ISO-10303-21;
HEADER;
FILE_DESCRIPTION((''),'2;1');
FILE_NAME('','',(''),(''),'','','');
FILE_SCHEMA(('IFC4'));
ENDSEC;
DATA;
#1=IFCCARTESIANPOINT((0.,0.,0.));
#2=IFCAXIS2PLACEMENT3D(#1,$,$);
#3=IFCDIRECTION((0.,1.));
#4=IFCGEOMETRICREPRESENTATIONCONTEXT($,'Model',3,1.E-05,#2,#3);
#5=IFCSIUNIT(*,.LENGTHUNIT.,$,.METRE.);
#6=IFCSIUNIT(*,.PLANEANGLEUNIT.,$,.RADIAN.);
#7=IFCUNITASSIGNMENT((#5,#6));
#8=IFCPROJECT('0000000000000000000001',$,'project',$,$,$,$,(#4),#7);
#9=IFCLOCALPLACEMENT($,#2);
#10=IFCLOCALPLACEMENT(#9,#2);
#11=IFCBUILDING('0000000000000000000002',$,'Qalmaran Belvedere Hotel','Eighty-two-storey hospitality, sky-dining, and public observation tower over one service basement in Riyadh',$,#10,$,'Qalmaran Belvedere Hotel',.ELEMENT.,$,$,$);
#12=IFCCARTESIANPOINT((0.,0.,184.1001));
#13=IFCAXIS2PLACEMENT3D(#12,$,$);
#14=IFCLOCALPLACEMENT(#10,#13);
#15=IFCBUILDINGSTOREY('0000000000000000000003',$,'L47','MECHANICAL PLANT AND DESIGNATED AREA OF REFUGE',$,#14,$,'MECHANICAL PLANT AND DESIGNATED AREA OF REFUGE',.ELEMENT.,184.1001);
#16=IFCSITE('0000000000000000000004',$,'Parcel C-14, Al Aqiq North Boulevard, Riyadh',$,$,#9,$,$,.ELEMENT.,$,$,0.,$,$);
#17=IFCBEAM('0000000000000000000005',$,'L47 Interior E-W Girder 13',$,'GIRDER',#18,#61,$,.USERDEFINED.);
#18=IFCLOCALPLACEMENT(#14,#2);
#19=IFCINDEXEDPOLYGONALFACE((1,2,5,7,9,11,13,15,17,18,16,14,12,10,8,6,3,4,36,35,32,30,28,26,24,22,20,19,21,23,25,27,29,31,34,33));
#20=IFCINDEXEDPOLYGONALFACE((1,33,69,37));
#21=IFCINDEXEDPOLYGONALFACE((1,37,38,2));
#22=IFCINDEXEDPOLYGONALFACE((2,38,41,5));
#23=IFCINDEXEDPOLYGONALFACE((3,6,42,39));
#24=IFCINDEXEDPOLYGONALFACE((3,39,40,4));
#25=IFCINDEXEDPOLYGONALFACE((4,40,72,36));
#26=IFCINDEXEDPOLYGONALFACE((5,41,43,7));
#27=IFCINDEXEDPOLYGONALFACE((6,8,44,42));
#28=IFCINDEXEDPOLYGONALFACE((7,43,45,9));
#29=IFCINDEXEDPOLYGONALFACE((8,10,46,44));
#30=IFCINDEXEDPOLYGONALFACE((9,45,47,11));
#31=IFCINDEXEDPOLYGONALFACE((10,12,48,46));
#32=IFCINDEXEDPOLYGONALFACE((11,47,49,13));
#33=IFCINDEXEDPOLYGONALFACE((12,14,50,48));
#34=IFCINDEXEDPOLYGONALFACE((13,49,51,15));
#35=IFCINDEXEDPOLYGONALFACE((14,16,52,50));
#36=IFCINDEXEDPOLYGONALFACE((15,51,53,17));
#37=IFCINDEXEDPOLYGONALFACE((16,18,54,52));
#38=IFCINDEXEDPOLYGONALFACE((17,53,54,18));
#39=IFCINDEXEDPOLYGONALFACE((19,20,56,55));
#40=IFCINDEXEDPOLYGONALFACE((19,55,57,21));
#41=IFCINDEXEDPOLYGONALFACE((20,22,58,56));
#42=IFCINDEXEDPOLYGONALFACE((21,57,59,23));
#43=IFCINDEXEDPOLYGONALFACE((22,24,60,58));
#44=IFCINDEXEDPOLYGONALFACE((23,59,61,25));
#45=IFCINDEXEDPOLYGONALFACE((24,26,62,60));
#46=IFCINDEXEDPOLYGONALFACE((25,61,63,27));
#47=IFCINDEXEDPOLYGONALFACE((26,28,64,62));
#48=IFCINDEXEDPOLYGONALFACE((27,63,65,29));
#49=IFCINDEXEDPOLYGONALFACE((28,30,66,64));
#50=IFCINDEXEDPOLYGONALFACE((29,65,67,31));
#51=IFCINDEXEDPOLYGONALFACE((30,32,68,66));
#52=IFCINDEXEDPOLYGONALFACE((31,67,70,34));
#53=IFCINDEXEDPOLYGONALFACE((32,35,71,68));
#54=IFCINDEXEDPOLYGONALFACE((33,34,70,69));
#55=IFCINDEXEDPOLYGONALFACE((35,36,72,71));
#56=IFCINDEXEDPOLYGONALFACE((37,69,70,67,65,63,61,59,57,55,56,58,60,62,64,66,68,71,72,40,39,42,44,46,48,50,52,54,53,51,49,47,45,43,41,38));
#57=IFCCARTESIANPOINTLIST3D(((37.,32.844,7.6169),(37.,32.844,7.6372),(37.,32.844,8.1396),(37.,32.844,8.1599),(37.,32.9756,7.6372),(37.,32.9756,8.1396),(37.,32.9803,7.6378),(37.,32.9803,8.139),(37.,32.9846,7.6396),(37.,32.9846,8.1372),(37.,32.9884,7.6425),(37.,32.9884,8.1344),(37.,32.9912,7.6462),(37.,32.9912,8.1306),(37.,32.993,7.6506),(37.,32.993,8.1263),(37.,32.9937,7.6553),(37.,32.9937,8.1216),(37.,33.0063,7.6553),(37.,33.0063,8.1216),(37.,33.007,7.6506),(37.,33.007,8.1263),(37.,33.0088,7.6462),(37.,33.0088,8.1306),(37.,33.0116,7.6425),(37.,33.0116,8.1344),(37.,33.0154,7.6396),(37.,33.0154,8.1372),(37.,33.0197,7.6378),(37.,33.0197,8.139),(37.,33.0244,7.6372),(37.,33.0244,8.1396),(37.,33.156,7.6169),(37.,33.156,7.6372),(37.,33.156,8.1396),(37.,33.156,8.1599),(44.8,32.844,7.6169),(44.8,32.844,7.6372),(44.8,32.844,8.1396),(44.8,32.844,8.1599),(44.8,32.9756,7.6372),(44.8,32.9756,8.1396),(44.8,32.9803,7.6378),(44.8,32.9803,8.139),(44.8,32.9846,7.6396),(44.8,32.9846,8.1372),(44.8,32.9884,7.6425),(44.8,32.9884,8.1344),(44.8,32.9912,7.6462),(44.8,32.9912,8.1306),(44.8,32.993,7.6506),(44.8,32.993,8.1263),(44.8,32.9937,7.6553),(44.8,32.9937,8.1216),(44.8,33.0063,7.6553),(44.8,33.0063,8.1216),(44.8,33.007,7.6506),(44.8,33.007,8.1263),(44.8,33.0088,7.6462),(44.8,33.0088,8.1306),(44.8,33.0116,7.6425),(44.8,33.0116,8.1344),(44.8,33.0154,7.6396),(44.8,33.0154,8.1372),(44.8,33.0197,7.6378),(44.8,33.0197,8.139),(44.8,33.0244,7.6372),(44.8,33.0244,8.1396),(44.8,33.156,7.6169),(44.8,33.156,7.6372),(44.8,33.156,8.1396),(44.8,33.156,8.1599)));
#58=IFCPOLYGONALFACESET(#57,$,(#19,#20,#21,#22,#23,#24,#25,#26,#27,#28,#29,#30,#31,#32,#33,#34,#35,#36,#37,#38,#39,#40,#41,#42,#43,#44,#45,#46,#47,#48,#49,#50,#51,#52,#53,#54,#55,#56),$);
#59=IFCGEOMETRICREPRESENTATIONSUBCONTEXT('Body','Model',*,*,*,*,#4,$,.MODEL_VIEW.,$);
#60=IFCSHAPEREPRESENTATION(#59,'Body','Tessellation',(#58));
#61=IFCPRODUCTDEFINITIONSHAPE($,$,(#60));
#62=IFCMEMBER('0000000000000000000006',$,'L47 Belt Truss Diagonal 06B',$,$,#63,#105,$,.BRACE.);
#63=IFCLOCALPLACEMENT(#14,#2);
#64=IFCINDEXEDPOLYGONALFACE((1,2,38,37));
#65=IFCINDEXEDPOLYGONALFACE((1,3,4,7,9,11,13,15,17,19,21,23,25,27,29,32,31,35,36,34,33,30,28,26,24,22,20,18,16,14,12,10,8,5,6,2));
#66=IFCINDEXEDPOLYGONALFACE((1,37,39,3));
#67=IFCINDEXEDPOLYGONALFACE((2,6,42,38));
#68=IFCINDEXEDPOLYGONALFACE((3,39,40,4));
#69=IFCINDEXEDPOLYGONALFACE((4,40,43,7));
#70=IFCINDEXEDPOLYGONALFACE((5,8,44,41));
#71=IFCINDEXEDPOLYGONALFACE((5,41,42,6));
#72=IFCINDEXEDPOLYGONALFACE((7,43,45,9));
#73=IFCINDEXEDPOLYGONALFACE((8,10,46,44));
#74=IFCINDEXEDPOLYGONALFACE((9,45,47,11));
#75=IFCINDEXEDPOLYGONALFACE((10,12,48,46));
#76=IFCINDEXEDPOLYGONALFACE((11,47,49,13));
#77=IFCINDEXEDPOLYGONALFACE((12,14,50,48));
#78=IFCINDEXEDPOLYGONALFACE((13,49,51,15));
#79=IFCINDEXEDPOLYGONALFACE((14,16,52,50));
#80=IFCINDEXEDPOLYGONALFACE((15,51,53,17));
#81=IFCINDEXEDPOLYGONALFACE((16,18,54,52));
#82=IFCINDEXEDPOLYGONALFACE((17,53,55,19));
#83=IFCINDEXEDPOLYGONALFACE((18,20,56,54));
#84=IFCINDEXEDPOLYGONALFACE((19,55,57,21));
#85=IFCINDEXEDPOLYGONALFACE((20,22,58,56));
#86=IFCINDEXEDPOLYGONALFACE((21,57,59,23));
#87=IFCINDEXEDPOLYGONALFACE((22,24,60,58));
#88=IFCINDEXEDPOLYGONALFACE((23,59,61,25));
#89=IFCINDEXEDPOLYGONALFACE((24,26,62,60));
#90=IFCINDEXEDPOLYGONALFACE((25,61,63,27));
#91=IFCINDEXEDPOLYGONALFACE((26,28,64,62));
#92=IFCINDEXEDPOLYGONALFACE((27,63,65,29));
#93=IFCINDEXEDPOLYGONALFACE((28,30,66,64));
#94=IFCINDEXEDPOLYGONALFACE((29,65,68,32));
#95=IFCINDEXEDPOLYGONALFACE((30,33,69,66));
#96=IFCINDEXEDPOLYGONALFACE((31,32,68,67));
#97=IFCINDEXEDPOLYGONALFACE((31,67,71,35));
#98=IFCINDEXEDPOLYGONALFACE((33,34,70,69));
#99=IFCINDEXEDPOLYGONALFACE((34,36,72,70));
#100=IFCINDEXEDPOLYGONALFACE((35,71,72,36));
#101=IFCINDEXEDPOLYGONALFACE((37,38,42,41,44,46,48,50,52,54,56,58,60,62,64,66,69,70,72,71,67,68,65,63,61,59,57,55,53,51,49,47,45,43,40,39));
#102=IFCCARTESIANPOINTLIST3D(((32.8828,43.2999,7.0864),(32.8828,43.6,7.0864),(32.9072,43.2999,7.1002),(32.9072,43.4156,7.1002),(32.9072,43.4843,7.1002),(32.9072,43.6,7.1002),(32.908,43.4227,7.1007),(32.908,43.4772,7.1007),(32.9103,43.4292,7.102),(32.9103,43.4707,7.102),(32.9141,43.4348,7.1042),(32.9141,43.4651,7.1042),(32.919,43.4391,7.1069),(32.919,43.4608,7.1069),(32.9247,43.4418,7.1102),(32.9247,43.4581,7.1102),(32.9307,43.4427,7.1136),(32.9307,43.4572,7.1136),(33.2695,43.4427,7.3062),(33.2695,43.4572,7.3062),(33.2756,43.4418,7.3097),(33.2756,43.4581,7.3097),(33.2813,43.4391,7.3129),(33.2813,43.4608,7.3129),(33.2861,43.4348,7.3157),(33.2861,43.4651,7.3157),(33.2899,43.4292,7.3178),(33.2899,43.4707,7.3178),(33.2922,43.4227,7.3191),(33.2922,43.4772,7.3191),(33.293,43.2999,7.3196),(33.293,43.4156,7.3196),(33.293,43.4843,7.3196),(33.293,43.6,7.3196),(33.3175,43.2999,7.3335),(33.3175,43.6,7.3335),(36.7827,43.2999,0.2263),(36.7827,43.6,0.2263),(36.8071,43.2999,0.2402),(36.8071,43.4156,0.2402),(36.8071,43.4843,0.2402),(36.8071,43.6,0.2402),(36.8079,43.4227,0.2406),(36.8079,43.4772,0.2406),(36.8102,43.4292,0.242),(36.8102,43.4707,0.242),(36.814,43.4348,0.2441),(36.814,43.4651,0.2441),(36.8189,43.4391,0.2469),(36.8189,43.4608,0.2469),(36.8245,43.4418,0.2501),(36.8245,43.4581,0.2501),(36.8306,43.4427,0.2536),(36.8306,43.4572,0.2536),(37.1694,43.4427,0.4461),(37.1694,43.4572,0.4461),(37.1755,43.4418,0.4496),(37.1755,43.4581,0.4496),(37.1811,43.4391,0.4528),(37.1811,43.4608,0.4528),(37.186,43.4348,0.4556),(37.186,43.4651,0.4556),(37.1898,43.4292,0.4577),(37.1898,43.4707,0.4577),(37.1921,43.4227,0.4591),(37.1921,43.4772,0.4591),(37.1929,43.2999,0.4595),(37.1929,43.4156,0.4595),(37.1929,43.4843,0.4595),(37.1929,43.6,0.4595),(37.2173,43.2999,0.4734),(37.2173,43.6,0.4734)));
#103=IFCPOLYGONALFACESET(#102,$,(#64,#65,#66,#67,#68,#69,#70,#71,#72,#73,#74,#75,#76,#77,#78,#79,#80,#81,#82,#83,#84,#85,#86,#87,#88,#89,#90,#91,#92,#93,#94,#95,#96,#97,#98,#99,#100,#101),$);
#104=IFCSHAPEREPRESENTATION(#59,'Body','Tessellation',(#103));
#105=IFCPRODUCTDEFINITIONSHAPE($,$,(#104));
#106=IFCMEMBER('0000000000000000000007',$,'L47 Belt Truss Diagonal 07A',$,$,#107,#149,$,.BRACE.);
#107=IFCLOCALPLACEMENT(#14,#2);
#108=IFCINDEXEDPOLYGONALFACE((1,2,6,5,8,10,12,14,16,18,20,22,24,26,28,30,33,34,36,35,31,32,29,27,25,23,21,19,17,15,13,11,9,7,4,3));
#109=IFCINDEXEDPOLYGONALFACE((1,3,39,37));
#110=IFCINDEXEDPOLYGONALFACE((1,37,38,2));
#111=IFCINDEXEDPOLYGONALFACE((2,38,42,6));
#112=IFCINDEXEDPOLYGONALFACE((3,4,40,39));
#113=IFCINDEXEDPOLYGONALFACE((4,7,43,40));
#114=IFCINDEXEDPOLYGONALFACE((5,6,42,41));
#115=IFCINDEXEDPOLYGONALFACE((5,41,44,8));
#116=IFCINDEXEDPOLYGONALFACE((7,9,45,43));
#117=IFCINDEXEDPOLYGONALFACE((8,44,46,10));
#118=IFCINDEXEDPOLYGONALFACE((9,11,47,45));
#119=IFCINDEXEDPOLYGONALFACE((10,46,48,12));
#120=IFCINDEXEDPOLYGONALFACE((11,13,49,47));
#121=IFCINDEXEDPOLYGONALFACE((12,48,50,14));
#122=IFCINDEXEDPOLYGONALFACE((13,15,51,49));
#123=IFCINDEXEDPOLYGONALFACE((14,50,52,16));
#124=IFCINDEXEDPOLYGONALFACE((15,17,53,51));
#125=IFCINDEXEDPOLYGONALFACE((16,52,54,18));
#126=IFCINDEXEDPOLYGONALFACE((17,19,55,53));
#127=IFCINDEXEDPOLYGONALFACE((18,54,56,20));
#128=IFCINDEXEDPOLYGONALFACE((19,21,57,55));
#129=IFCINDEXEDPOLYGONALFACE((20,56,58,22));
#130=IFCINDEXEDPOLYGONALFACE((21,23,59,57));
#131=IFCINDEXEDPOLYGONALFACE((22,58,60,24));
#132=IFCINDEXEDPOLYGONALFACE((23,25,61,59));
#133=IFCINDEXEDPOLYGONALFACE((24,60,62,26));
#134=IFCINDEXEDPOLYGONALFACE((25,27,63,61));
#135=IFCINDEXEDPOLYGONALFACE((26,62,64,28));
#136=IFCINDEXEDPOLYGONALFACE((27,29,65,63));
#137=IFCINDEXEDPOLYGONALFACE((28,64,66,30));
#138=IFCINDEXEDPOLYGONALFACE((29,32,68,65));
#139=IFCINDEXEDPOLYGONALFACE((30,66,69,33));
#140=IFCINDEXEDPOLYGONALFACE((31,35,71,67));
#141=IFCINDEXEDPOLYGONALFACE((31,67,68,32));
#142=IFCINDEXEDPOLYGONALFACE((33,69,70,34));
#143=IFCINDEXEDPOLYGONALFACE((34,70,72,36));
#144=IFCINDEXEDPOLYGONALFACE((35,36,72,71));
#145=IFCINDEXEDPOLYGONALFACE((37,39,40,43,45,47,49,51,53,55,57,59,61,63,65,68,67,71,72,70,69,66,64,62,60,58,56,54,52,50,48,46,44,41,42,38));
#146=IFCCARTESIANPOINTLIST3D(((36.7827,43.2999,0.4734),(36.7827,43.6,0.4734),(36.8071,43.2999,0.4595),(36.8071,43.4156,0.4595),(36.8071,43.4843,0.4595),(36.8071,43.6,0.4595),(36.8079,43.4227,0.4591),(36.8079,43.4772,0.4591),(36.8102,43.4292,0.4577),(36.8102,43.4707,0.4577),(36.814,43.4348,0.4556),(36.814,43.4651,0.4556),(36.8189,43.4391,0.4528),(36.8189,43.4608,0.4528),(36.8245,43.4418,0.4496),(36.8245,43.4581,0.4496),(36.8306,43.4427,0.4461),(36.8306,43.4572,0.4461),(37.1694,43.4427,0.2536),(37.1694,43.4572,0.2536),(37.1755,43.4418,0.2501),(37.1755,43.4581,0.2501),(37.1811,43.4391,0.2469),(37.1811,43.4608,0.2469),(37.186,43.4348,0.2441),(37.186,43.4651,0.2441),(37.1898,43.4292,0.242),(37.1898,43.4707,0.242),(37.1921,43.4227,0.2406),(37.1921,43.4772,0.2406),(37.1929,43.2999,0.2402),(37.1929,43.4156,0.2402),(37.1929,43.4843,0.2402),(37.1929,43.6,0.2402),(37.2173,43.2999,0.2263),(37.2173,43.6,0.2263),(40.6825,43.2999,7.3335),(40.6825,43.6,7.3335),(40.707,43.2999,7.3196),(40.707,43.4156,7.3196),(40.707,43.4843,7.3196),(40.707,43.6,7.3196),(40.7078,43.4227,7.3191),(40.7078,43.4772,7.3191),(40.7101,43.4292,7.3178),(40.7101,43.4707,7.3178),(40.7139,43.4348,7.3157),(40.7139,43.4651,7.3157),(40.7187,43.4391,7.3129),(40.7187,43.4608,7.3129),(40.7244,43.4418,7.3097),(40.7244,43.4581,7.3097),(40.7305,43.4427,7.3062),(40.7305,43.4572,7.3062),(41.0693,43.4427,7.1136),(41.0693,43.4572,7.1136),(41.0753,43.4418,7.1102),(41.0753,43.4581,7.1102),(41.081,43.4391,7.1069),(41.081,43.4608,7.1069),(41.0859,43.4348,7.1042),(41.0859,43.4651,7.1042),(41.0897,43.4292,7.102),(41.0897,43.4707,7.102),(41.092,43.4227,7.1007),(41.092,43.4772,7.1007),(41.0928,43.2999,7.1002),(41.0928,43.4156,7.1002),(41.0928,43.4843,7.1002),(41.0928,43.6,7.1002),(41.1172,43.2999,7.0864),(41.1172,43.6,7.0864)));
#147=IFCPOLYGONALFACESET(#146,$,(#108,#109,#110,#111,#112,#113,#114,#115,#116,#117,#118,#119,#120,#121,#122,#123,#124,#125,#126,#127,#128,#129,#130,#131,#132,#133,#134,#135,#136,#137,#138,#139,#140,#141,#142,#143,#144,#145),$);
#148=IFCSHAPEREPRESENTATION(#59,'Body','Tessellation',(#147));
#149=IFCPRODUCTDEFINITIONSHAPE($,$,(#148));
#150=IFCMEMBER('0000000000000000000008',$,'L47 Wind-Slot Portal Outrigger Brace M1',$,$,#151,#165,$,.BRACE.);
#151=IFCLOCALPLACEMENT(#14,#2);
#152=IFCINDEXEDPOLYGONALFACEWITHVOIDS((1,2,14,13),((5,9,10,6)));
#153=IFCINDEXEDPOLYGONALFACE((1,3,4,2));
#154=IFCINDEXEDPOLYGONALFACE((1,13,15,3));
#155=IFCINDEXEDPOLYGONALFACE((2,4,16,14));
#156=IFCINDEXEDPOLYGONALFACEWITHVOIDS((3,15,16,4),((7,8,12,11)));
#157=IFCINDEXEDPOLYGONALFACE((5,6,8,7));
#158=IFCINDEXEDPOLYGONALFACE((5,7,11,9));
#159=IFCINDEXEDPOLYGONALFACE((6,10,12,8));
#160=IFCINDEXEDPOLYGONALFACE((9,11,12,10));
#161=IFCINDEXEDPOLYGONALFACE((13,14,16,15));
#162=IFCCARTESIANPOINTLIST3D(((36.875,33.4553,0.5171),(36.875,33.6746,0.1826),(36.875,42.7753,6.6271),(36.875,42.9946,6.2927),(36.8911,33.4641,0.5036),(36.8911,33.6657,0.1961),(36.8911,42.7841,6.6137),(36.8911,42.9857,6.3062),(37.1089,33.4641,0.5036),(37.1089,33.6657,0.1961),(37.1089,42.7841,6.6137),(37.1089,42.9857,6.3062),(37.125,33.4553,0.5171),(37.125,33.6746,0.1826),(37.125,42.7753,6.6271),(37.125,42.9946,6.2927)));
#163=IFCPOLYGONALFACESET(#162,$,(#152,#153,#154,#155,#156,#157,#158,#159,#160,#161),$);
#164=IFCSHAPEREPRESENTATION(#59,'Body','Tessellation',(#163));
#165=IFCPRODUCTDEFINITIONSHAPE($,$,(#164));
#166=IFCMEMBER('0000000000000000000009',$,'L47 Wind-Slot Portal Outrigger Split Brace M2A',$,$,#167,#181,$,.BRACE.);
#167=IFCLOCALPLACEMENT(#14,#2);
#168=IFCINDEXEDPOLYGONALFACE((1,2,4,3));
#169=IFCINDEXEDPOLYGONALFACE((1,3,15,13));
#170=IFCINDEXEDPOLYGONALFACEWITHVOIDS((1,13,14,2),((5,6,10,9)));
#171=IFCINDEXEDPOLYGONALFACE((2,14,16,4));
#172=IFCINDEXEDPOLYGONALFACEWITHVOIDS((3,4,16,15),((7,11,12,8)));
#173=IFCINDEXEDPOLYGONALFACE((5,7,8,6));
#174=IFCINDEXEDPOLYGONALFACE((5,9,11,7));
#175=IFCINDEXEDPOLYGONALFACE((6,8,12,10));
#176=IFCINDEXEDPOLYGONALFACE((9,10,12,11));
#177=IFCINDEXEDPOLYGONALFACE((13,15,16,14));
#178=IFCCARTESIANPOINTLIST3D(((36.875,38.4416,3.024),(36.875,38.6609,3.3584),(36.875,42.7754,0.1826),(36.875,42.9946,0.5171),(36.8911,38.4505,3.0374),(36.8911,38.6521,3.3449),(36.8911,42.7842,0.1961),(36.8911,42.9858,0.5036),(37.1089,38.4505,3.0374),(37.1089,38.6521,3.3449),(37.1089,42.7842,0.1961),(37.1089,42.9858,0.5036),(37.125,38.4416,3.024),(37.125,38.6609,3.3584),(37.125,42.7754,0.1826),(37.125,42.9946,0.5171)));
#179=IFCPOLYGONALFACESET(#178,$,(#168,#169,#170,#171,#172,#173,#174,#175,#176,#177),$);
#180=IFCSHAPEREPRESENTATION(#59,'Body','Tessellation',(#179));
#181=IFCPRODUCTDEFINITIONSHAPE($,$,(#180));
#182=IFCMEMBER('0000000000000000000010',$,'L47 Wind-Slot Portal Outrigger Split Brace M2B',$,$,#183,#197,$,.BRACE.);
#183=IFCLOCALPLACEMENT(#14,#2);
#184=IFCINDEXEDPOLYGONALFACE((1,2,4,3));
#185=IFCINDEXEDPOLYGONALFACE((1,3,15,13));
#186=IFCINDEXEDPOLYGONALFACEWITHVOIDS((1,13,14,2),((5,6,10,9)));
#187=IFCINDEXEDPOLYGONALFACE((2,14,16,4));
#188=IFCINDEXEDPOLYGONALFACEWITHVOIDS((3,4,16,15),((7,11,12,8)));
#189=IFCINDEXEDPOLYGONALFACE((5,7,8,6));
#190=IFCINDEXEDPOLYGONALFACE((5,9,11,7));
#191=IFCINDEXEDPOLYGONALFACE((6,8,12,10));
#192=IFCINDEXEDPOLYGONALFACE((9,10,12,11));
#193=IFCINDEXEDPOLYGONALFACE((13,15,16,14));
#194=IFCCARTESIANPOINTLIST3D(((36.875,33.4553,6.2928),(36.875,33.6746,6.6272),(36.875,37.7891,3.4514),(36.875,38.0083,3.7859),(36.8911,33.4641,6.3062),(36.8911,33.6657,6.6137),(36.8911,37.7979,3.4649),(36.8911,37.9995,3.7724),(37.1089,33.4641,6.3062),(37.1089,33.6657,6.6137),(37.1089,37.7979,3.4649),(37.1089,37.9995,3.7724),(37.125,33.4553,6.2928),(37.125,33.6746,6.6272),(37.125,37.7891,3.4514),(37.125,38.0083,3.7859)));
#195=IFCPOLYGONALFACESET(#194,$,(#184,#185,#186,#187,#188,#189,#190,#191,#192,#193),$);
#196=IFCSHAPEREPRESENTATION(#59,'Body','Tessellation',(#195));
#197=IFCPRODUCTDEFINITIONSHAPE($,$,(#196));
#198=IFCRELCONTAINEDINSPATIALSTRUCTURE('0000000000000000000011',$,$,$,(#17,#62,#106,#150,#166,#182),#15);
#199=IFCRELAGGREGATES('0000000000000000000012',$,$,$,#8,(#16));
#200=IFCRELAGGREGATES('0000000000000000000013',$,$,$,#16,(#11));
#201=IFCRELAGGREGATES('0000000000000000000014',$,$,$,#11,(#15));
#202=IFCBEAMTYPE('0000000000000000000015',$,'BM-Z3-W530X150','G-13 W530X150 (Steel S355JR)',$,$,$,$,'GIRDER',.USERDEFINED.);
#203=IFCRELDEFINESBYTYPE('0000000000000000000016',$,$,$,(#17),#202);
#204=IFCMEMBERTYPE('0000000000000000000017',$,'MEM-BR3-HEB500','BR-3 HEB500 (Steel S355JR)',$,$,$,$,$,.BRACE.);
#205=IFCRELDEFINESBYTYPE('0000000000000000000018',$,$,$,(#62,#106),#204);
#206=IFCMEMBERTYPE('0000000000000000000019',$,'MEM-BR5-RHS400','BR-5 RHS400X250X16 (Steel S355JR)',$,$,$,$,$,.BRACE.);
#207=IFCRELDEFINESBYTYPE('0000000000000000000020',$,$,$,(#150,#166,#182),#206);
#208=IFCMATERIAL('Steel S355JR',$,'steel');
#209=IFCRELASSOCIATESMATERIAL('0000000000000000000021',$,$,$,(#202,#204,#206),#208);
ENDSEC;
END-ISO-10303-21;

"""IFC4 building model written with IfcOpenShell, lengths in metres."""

from ifc_helpers import new_model, si_unit, direction, frame, origin, origin_2d, place, context, subcontext, project, spatial, hollow_rectangle, i_section, extrude, material, material_profile, profile_set, type_object, element, save


model = new_model("IFC4")

# Units and contexts
model_context = context("Model", 3, precision=1e-05, world=origin(), true_north=direction((0.0, 1.0)))
body_context = subcontext(model_context, "Body", "Model", "MODEL_VIEW")
ifc_project = project(units=[si_unit("LENGTHUNIT", "METRE"), si_unit("PLANEANGLEUNIT", "RADIAN")], contexts=[model_context])

# Site, building, storey
site_placement = place(None, origin())
site = spatial("IfcSite", under=ifc_project, at=site_placement, Name="Parcel C-14, Al Aqiq North Boulevard, Riyadh", CompositionType="ELEMENT", RefElevation=0.0)
building_placement = place(site_placement, origin())
building = spatial("IfcBuilding", under=site, at=building_placement, Name="Qalmaran Belvedere Hotel", Description="Eighty-two-storey hospitality, sky-dining, and public observation tower over one service basement in Riyadh", LongName="Qalmaran Belvedere Hotel", CompositionType="ELEMENT")
storey_placement = place(building_placement, frame((0.0, 0.0, 184.1001)))
storey = spatial("IfcBuildingStorey", under=building, at=storey_placement, Name="L47", Description="MECHANICAL PLANT AND DESIGNATED AREA OF REFUGE", LongName="MECHANICAL PLANT AND DESIGNATED AREA OF REFUGE", CompositionType="ELEMENT", Elevation=184.1001)

# Beam
ifc_material_1 = material(Name="Steel S355JR", Category="steel")
ifc_material_profile_1 = material_profile(ifc_material_1, i_section(OverallWidth=0.312, OverallDepth=0.543, WebThickness=0.0127, FlangeThickness=0.0203, FilletRadius=0.0181, at=origin_2d()), Name="W530X150")
ifc_profile_set_1 = profile_set([ifc_material_profile_1], Name="Steel S355JR")
beam_type_1 = type_object("IfcBeamType", Name="BM-Z3-W530X150", Description="G-13 W530X150 (Steel S355JR)", ElementType="GIRDER", PredefinedType="USERDEFINED", material=ifc_profile_set_1)
beam_1_placement = place(storey_placement, frame((37.0, 33.0, 7.8884), z_axis=(1.0, 0.0, 0.0), x_axis=(0.0, 1.0, 0.0)))
element("IfcBeam", 1, at=beam_1_placement, inside=storey, type_object=beam_type_1, Name="L47 Interior E-W Girder 13", ObjectType="GIRDER", PredefinedType="USERDEFINED", context=body_context, shape_type="SweptSolid", body=[
    extrude(i_section(OverallWidth=0.312, OverallDepth=0.543, WebThickness=0.0127, FlangeThickness=0.0203, FilletRadius=0.0181, at=origin_2d()), origin(), (0.0, 0.0, 1.0), 7.8),
])

# Members
ifc_material_profile_2 = material_profile(ifc_material_1, i_section(OverallWidth=0.3, OverallDepth=0.5, WebThickness=0.0144, FlangeThickness=0.0281, FilletRadius=0.0271, at=origin_2d()), Name="HEB500")
ifc_profile_set_2 = profile_set([ifc_material_profile_2], Name="Steel S355JR")
member_type_1 = type_object("IfcMemberType", Name="MEM-BR3-HEB500", Description="BR-3 HEB500 (Steel S355JR)", PredefinedType="BRACE", material=ifc_profile_set_2)
for number, where, z_axis, x_axis, name in (
    (2, (37.0, 43.45, 0.3499), (-0.494212, 0.0, 0.869341), (0.0, -1.0, 0.0), "L47 Belt Truss Diagonal 06B"),
    (3, (37.0, 43.45, 0.3499), (0.494212, 0.0, 0.869341), (0.0, 1.0, 0.0), "L47 Belt Truss Diagonal 07A"),
):
    element("IfcMember", number, at=place(storey_placement, frame(where, z_axis=z_axis, x_axis=x_axis)), inside=storey, type_object=member_type_1, Name=name, PredefinedType="BRACE", context=body_context, shape_type="SweptSolid", body=[
        extrude(i_section(OverallWidth=0.3, OverallDepth=0.5, WebThickness=0.0144, FlangeThickness=0.0281, FilletRadius=0.0271, at=origin_2d()), origin(), (0.0, 0.0, 1.0), 7.8911),
    ])
ifc_material_profile_3 = material_profile(ifc_material_1, hollow_rectangle(XDim=0.25, YDim=0.3999, WallThickness=0.0161, at=origin_2d()), Name="RHS400X250X16")
ifc_profile_set_3 = profile_set([ifc_material_profile_3], Name="Steel S355JR")
member_type_2 = type_object("IfcMemberType", Name="MEM-BR5-RHS400", Description="BR-5 RHS400X250X16 (Steel S355JR)", PredefinedType="BRACE", material=ifc_profile_set_3)
member_1_placement = place(storey_placement, frame((37.0, 33.5649, 0.3499), z_axis=(0.0, 0.836302, 0.548268), x_axis=(-1.0, 0.0, 0.0)))
element("IfcMember", 4, at=member_1_placement, inside=storey, type_object=member_type_2, Name="L47 Wind-Slot Portal Outrigger Brace M1", PredefinedType="BRACE", context=body_context, shape_type="SweptSolid", body=[
    extrude(hollow_rectangle(XDim=0.25, YDim=0.3999, WallThickness=0.0161, at=origin_2d()), origin(), (0.0, 0.0, 1.0), 11.1443),
])
for number, where, z_axis, x_axis, name in (
    (5, (37.0, 42.885, 0.3499), (0.0, -0.836288, 0.548291), (1.0, 0.0, 0.0), "L47 Wind-Slot Portal Outrigger Split Brace M2A"),
    (6, (37.0, 37.8987, 3.6187), (0.0, -0.836288, 0.548291), (1.0, 0.0, 0.0), "L47 Wind-Slot Portal Outrigger Split Brace M2B"),
):
    element("IfcMember", number, at=place(storey_placement, frame(where, z_axis=z_axis, x_axis=x_axis)), inside=storey, type_object=member_type_2, Name=name, PredefinedType="BRACE", context=body_context, shape_type="SweptSolid", body=[
        extrude(hollow_rectangle(XDim=0.25, YDim=0.3999, WallThickness=0.0161, at=origin_2d()), origin(), (0.0, 0.0, 1.0), 5.1821),
    ])

save(model, "model.ifc")
